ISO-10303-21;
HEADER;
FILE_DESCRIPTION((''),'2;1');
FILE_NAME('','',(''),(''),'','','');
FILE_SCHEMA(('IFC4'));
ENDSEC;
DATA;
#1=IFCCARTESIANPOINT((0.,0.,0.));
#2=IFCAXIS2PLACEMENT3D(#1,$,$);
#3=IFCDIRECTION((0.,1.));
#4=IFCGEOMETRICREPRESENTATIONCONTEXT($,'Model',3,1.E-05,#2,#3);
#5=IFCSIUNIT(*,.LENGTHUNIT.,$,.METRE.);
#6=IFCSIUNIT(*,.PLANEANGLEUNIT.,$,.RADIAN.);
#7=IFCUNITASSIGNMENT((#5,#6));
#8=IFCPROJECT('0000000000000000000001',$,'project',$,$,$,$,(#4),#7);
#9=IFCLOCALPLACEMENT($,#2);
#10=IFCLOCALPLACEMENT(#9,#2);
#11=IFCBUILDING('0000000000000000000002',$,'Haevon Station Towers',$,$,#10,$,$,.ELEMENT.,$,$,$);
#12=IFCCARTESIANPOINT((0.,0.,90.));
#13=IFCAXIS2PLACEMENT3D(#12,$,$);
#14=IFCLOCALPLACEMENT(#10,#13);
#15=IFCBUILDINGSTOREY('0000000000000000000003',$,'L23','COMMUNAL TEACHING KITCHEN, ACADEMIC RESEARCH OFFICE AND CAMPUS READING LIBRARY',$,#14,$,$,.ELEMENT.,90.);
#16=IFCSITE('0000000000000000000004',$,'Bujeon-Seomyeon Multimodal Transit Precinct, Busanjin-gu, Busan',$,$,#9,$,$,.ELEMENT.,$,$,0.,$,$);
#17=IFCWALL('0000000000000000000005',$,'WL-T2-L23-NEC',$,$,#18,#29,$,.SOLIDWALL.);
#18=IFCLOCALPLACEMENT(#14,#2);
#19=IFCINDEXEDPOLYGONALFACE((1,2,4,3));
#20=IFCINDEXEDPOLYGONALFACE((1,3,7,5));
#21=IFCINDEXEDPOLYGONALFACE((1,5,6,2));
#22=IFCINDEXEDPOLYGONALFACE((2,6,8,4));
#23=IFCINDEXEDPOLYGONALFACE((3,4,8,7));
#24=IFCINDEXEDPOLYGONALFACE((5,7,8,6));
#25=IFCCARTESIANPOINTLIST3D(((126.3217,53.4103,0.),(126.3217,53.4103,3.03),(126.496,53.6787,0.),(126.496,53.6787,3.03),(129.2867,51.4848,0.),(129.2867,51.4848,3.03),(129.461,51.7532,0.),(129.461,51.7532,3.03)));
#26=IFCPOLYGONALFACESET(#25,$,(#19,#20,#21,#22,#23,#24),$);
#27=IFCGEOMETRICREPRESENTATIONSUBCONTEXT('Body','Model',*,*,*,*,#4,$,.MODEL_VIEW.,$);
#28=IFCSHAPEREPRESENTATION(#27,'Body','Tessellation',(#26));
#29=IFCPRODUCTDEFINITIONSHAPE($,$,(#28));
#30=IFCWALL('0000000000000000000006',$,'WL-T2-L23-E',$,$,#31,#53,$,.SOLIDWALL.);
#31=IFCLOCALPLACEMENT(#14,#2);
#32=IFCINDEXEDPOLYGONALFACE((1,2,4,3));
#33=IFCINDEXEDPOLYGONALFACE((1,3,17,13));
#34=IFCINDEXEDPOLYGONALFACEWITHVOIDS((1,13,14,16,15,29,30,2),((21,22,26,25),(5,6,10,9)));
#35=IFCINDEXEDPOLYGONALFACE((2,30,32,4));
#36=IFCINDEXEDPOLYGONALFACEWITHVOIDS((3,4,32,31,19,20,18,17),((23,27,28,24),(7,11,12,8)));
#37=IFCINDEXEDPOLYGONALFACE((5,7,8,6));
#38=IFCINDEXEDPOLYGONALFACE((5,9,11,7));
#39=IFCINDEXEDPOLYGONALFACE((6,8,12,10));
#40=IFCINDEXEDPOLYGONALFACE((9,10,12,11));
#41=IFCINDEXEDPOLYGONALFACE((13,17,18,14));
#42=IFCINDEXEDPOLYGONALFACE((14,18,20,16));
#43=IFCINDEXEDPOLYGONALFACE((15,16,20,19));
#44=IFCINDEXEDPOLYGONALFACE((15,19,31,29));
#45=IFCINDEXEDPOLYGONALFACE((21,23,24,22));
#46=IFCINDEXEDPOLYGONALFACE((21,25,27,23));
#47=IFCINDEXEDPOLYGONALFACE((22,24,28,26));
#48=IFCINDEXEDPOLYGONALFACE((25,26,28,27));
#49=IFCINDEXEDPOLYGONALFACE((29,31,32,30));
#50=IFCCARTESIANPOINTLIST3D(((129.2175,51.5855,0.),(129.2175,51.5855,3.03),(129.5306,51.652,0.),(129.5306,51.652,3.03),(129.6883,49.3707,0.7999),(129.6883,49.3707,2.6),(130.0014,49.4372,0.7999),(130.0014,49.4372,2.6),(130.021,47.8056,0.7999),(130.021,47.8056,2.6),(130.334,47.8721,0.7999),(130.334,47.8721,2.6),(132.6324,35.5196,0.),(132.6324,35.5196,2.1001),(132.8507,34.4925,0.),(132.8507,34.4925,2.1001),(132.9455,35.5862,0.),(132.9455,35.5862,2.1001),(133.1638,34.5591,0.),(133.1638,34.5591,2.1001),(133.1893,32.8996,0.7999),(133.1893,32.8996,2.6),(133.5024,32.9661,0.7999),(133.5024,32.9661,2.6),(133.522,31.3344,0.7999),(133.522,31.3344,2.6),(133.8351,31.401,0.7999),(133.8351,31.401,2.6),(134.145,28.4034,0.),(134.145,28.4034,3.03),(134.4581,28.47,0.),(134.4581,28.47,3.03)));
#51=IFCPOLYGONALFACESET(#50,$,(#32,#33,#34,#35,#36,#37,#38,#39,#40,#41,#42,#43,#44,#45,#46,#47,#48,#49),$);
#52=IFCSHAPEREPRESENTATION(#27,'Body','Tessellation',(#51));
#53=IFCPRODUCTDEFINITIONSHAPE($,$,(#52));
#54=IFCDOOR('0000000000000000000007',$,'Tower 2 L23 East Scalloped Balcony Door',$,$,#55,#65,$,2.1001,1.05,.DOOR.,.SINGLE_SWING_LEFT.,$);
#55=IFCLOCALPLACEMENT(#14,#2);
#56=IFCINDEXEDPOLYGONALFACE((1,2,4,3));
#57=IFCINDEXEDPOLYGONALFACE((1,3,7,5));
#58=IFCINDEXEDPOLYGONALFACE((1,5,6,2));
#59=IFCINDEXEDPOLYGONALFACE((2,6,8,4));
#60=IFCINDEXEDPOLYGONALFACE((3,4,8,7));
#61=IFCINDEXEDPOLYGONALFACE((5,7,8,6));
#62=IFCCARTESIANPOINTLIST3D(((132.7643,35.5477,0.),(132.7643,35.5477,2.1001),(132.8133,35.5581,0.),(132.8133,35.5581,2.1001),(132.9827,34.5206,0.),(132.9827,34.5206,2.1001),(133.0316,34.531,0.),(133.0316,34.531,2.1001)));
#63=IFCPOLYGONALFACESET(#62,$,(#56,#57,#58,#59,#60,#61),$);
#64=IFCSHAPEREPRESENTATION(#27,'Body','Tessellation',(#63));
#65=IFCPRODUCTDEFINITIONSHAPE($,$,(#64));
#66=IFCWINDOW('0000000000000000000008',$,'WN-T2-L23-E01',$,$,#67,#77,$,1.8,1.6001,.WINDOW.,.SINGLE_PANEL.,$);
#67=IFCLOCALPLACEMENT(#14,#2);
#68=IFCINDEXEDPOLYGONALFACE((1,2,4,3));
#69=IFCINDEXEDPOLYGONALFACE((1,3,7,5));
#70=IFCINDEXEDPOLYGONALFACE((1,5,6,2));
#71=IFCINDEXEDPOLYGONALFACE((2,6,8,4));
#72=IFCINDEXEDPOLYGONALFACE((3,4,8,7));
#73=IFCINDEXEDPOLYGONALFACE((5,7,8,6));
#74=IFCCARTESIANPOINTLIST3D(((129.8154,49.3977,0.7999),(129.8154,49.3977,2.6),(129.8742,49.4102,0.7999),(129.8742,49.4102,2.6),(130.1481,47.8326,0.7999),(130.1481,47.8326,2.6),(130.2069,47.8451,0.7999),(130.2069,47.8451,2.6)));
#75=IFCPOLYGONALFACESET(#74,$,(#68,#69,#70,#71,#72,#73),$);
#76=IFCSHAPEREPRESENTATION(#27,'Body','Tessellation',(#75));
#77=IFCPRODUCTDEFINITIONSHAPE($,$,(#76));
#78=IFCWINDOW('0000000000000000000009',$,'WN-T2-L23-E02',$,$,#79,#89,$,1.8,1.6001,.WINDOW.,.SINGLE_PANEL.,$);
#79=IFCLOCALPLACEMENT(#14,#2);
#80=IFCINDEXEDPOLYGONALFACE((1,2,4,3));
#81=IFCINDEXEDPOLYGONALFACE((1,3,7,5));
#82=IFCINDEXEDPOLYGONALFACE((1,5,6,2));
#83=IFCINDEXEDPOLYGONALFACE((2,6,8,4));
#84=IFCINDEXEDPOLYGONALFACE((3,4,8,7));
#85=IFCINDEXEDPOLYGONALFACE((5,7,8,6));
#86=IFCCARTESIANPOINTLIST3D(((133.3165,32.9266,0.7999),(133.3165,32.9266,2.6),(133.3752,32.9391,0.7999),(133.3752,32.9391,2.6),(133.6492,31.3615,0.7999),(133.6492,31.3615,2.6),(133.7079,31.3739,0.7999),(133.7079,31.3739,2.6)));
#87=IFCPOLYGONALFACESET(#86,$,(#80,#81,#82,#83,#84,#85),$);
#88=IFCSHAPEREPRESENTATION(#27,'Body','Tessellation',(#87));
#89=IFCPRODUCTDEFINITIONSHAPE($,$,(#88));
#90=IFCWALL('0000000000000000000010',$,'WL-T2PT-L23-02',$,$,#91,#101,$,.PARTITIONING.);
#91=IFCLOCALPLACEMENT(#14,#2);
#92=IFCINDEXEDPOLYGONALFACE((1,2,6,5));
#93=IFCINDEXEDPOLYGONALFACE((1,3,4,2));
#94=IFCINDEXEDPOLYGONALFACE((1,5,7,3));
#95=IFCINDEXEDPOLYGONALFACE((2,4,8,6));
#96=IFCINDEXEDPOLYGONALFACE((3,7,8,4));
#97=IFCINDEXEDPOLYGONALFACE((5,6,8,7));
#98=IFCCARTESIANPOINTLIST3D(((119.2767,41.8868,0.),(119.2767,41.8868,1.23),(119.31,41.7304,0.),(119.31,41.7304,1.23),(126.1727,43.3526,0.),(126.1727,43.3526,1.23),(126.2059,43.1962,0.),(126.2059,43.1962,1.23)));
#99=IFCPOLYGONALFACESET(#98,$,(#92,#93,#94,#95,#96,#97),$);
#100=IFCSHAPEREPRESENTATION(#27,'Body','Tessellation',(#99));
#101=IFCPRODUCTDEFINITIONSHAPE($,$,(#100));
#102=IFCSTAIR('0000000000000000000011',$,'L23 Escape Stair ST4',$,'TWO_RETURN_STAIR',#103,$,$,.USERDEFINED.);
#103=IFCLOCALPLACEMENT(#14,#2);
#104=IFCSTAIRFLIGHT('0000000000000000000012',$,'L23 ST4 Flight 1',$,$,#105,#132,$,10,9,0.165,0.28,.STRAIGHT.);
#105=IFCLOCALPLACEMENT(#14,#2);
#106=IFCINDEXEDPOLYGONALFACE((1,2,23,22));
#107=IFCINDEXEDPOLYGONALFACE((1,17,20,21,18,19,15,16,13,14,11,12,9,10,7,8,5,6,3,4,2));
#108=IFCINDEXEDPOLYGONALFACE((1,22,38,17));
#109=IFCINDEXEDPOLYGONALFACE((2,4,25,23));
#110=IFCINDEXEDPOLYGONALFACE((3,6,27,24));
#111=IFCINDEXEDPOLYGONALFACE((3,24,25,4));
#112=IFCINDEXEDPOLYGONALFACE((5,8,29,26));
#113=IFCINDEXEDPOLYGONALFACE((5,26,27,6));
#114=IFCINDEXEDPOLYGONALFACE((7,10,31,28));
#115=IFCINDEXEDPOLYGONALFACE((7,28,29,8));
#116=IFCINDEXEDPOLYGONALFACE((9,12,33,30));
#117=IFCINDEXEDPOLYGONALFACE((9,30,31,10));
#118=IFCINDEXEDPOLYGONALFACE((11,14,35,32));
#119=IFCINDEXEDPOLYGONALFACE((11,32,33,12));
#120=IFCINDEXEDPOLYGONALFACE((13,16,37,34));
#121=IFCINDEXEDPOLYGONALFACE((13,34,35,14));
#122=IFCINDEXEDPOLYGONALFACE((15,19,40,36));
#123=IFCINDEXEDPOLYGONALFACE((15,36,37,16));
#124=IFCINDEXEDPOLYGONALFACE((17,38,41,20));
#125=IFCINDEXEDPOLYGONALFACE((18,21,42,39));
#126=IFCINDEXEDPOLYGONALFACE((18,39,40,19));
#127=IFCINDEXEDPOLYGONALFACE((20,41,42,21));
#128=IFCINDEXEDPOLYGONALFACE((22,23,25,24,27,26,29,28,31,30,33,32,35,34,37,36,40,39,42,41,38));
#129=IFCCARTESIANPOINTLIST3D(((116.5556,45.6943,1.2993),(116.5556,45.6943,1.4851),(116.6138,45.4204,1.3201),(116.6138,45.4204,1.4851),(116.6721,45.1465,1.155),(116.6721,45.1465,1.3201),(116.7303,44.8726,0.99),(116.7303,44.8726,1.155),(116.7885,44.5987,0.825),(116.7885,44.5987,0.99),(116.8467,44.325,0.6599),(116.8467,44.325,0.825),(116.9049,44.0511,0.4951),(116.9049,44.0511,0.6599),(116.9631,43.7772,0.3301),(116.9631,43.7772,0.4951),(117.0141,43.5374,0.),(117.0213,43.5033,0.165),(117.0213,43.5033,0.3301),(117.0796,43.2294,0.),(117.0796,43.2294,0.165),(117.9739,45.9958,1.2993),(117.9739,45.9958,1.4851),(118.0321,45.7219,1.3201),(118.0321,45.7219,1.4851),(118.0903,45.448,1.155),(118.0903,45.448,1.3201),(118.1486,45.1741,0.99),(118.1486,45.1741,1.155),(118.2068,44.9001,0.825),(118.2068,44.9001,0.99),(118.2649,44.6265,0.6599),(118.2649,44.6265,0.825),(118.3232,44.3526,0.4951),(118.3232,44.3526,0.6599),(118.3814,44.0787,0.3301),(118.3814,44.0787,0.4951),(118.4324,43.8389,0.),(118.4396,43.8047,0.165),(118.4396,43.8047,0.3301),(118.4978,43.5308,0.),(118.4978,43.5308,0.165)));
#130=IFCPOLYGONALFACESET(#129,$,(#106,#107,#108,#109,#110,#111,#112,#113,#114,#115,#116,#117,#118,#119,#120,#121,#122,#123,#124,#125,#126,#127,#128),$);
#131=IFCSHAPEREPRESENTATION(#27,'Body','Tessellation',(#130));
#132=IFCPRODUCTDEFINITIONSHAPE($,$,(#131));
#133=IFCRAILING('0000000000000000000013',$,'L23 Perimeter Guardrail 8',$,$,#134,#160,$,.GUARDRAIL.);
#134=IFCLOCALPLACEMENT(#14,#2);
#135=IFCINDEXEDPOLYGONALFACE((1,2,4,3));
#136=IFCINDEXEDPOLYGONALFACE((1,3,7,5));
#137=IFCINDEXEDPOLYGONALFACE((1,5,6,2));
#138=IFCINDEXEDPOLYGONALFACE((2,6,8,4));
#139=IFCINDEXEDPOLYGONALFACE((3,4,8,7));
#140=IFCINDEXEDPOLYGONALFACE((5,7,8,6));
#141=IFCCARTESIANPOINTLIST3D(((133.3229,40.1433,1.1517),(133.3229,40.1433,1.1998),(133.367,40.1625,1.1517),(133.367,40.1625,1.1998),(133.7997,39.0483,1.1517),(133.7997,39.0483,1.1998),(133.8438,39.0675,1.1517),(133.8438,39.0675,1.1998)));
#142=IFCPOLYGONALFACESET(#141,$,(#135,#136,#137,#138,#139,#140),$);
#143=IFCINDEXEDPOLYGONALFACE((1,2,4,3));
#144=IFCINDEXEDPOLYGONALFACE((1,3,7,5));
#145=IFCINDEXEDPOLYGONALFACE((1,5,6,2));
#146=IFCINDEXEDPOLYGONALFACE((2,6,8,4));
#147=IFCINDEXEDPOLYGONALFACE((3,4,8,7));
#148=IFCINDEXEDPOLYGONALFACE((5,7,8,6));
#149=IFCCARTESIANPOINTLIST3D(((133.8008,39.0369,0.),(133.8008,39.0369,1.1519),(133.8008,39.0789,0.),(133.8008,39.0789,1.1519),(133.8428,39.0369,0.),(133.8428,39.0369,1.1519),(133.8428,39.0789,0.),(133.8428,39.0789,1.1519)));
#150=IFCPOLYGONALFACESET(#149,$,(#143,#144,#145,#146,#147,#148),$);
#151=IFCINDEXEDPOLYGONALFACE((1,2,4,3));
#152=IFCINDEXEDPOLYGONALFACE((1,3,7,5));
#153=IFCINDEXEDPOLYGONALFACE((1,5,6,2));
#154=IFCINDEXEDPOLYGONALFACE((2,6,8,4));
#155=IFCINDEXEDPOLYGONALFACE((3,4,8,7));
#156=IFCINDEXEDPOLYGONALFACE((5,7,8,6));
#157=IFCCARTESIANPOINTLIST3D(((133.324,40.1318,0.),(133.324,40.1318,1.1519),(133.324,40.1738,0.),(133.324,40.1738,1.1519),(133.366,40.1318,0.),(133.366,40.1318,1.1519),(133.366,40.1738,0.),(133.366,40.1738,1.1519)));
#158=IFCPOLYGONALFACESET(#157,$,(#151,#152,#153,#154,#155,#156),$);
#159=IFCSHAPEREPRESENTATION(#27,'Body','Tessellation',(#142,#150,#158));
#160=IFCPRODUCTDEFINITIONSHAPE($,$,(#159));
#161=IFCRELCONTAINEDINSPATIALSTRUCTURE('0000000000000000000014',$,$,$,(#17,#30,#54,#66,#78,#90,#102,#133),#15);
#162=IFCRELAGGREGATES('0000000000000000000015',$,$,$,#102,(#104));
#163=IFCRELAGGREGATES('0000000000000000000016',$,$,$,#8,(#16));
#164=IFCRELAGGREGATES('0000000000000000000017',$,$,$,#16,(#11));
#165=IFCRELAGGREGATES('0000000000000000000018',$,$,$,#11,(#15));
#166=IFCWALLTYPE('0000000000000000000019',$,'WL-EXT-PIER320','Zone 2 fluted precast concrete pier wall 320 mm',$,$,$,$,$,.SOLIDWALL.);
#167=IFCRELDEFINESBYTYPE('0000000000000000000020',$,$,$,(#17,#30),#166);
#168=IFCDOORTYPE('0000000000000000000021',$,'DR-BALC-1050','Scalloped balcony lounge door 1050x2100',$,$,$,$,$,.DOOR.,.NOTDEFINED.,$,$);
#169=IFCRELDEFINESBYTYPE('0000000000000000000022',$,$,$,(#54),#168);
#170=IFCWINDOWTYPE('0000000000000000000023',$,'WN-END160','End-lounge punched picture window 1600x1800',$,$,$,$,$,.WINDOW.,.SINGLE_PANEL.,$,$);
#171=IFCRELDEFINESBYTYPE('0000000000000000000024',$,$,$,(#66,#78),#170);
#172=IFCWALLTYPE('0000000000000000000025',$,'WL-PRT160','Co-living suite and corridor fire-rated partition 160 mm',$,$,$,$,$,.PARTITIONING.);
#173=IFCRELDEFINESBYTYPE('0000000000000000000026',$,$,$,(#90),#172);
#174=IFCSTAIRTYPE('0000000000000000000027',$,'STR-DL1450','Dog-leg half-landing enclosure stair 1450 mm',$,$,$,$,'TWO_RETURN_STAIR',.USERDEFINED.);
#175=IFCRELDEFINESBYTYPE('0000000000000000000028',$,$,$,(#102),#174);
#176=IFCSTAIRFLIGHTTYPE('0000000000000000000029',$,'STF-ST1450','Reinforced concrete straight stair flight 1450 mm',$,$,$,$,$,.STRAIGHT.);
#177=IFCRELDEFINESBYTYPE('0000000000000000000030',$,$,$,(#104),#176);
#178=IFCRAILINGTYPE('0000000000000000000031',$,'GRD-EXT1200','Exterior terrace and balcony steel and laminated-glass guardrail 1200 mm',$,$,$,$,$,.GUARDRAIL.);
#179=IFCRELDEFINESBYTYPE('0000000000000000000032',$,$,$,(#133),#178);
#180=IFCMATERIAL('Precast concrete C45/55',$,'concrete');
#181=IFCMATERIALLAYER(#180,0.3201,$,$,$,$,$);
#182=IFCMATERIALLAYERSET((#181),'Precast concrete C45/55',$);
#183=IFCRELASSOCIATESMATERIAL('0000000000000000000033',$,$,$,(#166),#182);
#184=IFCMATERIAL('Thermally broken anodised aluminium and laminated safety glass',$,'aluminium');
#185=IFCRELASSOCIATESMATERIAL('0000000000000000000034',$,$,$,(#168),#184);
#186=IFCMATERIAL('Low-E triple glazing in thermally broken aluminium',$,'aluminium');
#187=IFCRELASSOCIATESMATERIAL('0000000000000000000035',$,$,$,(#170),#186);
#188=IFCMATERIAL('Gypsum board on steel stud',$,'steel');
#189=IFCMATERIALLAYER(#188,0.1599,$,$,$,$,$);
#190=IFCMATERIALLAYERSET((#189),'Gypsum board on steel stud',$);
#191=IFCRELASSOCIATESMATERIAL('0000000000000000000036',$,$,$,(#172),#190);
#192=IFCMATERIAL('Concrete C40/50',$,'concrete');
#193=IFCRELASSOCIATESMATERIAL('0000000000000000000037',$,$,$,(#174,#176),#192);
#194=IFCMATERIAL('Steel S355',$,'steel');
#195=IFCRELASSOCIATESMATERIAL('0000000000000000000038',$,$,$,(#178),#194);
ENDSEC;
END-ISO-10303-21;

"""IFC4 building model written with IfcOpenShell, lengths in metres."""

from ifc_helpers import new_model, si_unit, direction, frame, frame_2d, origin, origin_2d, place, context, subcontext, project, spatial, polyline, rectangle, outline, extrude, material, layer, layer_set, type_object, element, fill, aggregate, save


model = new_model("IFC4")

# Units and contexts
model_context = context("Model", 3, precision=1e-05, world=origin(), true_north=direction((0.0, 1.0)))
body_context = subcontext(model_context, "Body", "Model", "MODEL_VIEW")
ifc_project = project(units=[si_unit("LENGTHUNIT", "METRE"), si_unit("PLANEANGLEUNIT", "RADIAN")], contexts=[model_context])

# Site, building, storey
site_placement = place(None, origin())
site = spatial("IfcSite", under=ifc_project, at=site_placement, Name="Bujeon-Seomyeon Multimodal Transit Precinct, Busanjin-gu, Busan", CompositionType="ELEMENT", RefElevation=0.0)
building_placement = place(site_placement, origin())
building = spatial("IfcBuilding", under=site, at=building_placement, Name="Haevon Station Towers", CompositionType="ELEMENT")
storey_placement = place(building_placement, frame((0.0, 0.0, 90.0)))
storey = spatial("IfcBuildingStorey", under=building, at=storey_placement, Name="L23", Description="COMMUNAL TEACHING KITCHEN, ACADEMIC RESEARCH OFFICE AND CAMPUS READING LIBRARY", CompositionType="ELEMENT", Elevation=90.0)

# Wall
ifc_material_1 = material(Name="Precast concrete C45/55", Category="concrete")
ifc_layer_1 = layer(ifc_material_1, 0.3201)
ifc_layer_set_1 = layer_set([ifc_layer_1], Name="Precast concrete C45/55")
wall_type_1 = type_object("IfcWallType", Name="WL-EXT-PIER320", Description="Zone 2 fluted precast concrete pier wall 320 mm", PredefinedType="SOLIDWALL", material=ifc_layer_set_1)
wall_1_placement = place(storey_placement, frame((126.4089, 53.5444, 0.0), z_axis=(0.0, 0.0, 1.0), x_axis=(0.838672, -0.544636, 0.0)))
element("IfcWall", 1, at=wall_1_placement, inside=storey, type_object=wall_type_1, Name="WL-T2-L23-NEC", PredefinedType="SOLIDWALL", context=body_context, shape_type="SweptSolid", body=[
    extrude(rectangle(XDim=3.5354, YDim=0.3201, at=frame_2d((1.7676, 0.0))), origin(), (0.0, 0.0, 1.0), 3.03),
])

# Wall, openings, door, windows
wall_2_placement = place(storey_placement, frame((129.374, 51.6189, 0.0), z_axis=(0.0, 0.0, 1.0), x_axis=(0.207911, -0.978148, 0.0)))
wall_2 = element("IfcWall", 2, at=wall_2_placement, inside=storey, type_object=wall_type_1, Name="WL-T2-L23-E", PredefinedType="SOLIDWALL", context=body_context, shape_type="SweptSolid", body=[
    extrude(rectangle(XDim=23.7, YDim=0.3201, at=frame_2d((11.8501, 0.0))), origin(), (0.0, 0.0, 1.0), 3.03),
])
opening_1_placement = place(wall_2_placement, frame((16.425, 0.0, 0.0)))
opening_1 = element("IfcOpeningElement", 3, at=opening_1_placement, cuts=wall_2, PredefinedType="OPENING", context=body_context, shape_type="SweptSolid", body=[
    extrude(rectangle(XDim=1.05, YDim=2.1001, at=frame_2d((0.5249, 1.05))), frame((0.0, 0.1699, 0.0), z_axis=(0.0, -1.0, 0.0), x_axis=(1.0, 0.0, 0.0)), (0.0, 0.0, 1.0), 0.3401),
])
opening_2_placement = place(wall_2_placement, frame((2.2644, 0.0, 0.8)))
opening_2 = element("IfcOpeningElement", 4, at=opening_2_placement, cuts=wall_2, PredefinedType="OPENING", context=body_context, shape_type="SweptSolid", body=[
    extrude(rectangle(XDim=1.6001, YDim=1.8, at=frame_2d((0.8, 0.8999))), frame((0.0, 0.1699, 0.0), z_axis=(0.0, -1.0, 0.0), x_axis=(1.0, 0.0, 0.0)), (0.0, 0.0, 1.0), 0.3401),
])
opening_3_placement = place(wall_2_placement, frame((19.1035, 0.0, 0.8)))
opening_3 = element("IfcOpeningElement", 5, at=opening_3_placement, cuts=wall_2, PredefinedType="OPENING", context=body_context, shape_type="SweptSolid", body=[
    extrude(rectangle(XDim=1.6001, YDim=1.8, at=frame_2d((0.8, 0.8999))), frame((0.0, 0.1699, 0.0), z_axis=(0.0, -1.0, 0.0), x_axis=(1.0, 0.0, 0.0)), (0.0, 0.0, 1.0), 0.3401),
])
ifc_material_2 = material(Name="Thermally broken anodised aluminium and laminated safety glass", Category="aluminium")
door_type = type_object("IfcDoorType", Name="DR-BALC-1050", Description="Scalloped balcony lounge door 1050x2100", OperationType="NOTDEFINED", PredefinedType="DOOR", material=ifc_material_2)
door_placement = place(opening_1_placement, origin())
door = element("IfcDoor", 6, at=door_placement, inside=storey, type_object=door_type, Name="Tower 2 L23 East Scalloped Balcony Door", OperationType="SINGLE_SWING_LEFT", OverallHeight=2.1001, OverallWidth=1.05, PredefinedType="DOOR", context=body_context, shape_type="SweptSolid", body=[
    extrude(rectangle(XDim=1.05, YDim=2.1001, at=frame_2d((0.5249, 1.05))), frame((0.0, 0.0249, 0.0), z_axis=(0.0, -1.0, 0.0), x_axis=(1.0, 0.0, 0.0)), (0.0, 0.0, 1.0), 0.05),
])
fill(opening_1, door)
ifc_material_3 = material(Name="Low-E triple glazing in thermally broken aluminium", Category="aluminium")
window_type = type_object("IfcWindowType", Name="WN-END160", Description="End-lounge punched picture window 1600x1800", PartitioningType="SINGLE_PANEL", PredefinedType="WINDOW", material=ifc_material_3)
window_1_placement = place(opening_2_placement, origin())
window_1 = element("IfcWindow", 7, at=window_1_placement, inside=storey, type_object=window_type, Name="WN-T2-L23-E01", OverallHeight=1.8, OverallWidth=1.6001, PartitioningType="SINGLE_PANEL", PredefinedType="WINDOW", context=body_context, shape_type="SweptSolid", body=[
    extrude(rectangle(XDim=1.6001, YDim=1.8, at=frame_2d((0.8, 0.8999))), frame((0.0, 0.03, 0.0), z_axis=(0.0, -1.0, 0.0), x_axis=(1.0, 0.0, 0.0)), (0.0, 0.0, 1.0), 0.0601),
])
fill(opening_2, window_1)
window_2_placement = place(opening_3_placement, origin())
window_2 = element("IfcWindow", 8, at=window_2_placement, inside=storey, type_object=window_type, Name="WN-T2-L23-E02", OverallHeight=1.8, OverallWidth=1.6001, PartitioningType="SINGLE_PANEL", PredefinedType="WINDOW", context=body_context, shape_type="SweptSolid", body=[
    extrude(rectangle(XDim=1.6001, YDim=1.8, at=frame_2d((0.8, 0.8999))), frame((0.0, 0.03, 0.0), z_axis=(0.0, -1.0, 0.0), x_axis=(1.0, 0.0, 0.0)), (0.0, 0.0, 1.0), 0.0601),
])
fill(opening_3, window_2)

# Wall
ifc_material_4 = material(Name="Gypsum board on steel stud", Category="steel")
ifc_layer_2 = layer(ifc_material_4, 0.1599)
ifc_layer_set_2 = layer_set([ifc_layer_2], Name="Gypsum board on steel stud")
wall_type_2 = type_object("IfcWallType", Name="WL-PRT160", Description="Co-living suite and corridor fire-rated partition 160 mm", PredefinedType="PARTITIONING", material=ifc_layer_set_2)
wall_3_placement = place(storey_placement, frame((119.2935, 41.8086, 0.0), z_axis=(0.0, 0.0, 1.0), x_axis=(0.978147, 0.207916, 0.0)))
element("IfcWall", 9, at=wall_3_placement, inside=storey, type_object=wall_type_2, Name="WL-T2PT-L23-02", PredefinedType="PARTITIONING", context=body_context, shape_type="SweptSolid", body=[
    extrude(rectangle(XDim=7.05, YDim=0.1599, at=frame_2d((3.5249, 0.0))), origin(), (0.0, 0.0, 1.0), 1.23),
])

# Stair, stair flight
ifc_material_5 = material(Name="Concrete C40/50", Category="concrete")
stair_type = type_object("IfcStairType", Name="STR-DL1450", Description="Dog-leg half-landing enclosure stair 1450 mm", ElementType="TWO_RETURN_STAIR", PredefinedType="USERDEFINED", material=ifc_material_5)
stair_placement = place(storey_placement, origin())
stair = element("IfcStair", 10, at=stair_placement, inside=storey, type_object=stair_type, Name="L23 Escape Stair ST4", ObjectType="TWO_RETURN_STAIR", PredefinedType="USERDEFINED")
stair_flight_type = type_object("IfcStairFlightType", Name="STF-ST1450", Description="Reinforced concrete straight stair flight 1450 mm", PredefinedType="STRAIGHT", material=ifc_material_5)
stair_flight_placement = place(storey_placement, frame((117.7888, 43.3801, 0.0), z_axis=(0.0, 0.0, 1.0), x_axis=(-0.207912, 0.978148, 0.0)))
stair_flight = element("IfcStairFlight", 11, at=stair_flight_placement, type_object=stair_flight_type, Name="L23 ST4 Flight 1", NumberOfRisers=10, NumberOfTreads=9, PredefinedType="STRAIGHT", RiserHeight=0.165, TreadLength=0.28, context=body_context, shape_type="SweptSolid", body=[
    extrude(outline(polyline([(0.0, 0.0), (0.0, 0.165), (0.28, 0.165), (0.28, 0.3301), (0.5601, 0.3301), (0.5601, 0.4951), (0.8401, 0.4951), (0.8401, 0.6599), (1.1201, 0.6599), (1.1201, 0.825), (1.3999, 0.825), (1.3999, 0.99), (1.6799, 0.99), (1.6799, 1.155), (1.96, 1.155), (1.96, 1.3201), (2.24, 1.3201), (2.24, 1.4851), (2.52, 1.4851), (2.52, 1.6499), (2.52, 1.2993), (0.3149, 0.0), (0.0, 0.0)])), frame((0.0, 0.7251, 0.0), z_axis=(0.0, -1.0, 0.0), x_axis=(1.0, 0.0, 0.0)), (0.0, 0.0, 1.0), 1.45),
])
aggregate(stair, [stair_flight])

# Railing
ifc_material_6 = material(Name="Steel S355", Category="steel")
railing_type_1 = type_object("IfcRailingType", Name="GRD-EXT1200", Description="Exterior terrace and balcony steel and laminated-glass guardrail 1200 mm", PredefinedType="GUARDRAIL", material=ifc_material_6)
railing_1_placement = place(storey_placement, frame((133.8218, 39.0579, 0.0)))
element("IfcRailing", 12, at=railing_1_placement, inside=storey, type_object=railing_type_1, Name="L23 Perimeter Guardrail 8", PredefinedType="GUARDRAIL", context=body_context, shape_type="SweptSolid", body=[
    extrude(rectangle(XDim=0.0481, YDim=0.0481, at=origin_2d()), frame((0.0, 0.0, 1.1758), z_axis=(-0.399242, 0.916846, 0.0), x_axis=(-0.916846, -0.399242, 0.0)), (0.0, 0.0, 1.0), 1.1943),
    extrude(rectangle(XDim=0.042, YDim=0.042, at=origin_2d()), origin(), (0.0, 0.0, 1.0), 1.1519),
    extrude(rectangle(XDim=0.042, YDim=0.042, at=origin_2d()), frame((-0.4768, 1.095, 0.0)), (0.0, 0.0, 1.0), 1.1519),
])

save(model, "model.ifc")
